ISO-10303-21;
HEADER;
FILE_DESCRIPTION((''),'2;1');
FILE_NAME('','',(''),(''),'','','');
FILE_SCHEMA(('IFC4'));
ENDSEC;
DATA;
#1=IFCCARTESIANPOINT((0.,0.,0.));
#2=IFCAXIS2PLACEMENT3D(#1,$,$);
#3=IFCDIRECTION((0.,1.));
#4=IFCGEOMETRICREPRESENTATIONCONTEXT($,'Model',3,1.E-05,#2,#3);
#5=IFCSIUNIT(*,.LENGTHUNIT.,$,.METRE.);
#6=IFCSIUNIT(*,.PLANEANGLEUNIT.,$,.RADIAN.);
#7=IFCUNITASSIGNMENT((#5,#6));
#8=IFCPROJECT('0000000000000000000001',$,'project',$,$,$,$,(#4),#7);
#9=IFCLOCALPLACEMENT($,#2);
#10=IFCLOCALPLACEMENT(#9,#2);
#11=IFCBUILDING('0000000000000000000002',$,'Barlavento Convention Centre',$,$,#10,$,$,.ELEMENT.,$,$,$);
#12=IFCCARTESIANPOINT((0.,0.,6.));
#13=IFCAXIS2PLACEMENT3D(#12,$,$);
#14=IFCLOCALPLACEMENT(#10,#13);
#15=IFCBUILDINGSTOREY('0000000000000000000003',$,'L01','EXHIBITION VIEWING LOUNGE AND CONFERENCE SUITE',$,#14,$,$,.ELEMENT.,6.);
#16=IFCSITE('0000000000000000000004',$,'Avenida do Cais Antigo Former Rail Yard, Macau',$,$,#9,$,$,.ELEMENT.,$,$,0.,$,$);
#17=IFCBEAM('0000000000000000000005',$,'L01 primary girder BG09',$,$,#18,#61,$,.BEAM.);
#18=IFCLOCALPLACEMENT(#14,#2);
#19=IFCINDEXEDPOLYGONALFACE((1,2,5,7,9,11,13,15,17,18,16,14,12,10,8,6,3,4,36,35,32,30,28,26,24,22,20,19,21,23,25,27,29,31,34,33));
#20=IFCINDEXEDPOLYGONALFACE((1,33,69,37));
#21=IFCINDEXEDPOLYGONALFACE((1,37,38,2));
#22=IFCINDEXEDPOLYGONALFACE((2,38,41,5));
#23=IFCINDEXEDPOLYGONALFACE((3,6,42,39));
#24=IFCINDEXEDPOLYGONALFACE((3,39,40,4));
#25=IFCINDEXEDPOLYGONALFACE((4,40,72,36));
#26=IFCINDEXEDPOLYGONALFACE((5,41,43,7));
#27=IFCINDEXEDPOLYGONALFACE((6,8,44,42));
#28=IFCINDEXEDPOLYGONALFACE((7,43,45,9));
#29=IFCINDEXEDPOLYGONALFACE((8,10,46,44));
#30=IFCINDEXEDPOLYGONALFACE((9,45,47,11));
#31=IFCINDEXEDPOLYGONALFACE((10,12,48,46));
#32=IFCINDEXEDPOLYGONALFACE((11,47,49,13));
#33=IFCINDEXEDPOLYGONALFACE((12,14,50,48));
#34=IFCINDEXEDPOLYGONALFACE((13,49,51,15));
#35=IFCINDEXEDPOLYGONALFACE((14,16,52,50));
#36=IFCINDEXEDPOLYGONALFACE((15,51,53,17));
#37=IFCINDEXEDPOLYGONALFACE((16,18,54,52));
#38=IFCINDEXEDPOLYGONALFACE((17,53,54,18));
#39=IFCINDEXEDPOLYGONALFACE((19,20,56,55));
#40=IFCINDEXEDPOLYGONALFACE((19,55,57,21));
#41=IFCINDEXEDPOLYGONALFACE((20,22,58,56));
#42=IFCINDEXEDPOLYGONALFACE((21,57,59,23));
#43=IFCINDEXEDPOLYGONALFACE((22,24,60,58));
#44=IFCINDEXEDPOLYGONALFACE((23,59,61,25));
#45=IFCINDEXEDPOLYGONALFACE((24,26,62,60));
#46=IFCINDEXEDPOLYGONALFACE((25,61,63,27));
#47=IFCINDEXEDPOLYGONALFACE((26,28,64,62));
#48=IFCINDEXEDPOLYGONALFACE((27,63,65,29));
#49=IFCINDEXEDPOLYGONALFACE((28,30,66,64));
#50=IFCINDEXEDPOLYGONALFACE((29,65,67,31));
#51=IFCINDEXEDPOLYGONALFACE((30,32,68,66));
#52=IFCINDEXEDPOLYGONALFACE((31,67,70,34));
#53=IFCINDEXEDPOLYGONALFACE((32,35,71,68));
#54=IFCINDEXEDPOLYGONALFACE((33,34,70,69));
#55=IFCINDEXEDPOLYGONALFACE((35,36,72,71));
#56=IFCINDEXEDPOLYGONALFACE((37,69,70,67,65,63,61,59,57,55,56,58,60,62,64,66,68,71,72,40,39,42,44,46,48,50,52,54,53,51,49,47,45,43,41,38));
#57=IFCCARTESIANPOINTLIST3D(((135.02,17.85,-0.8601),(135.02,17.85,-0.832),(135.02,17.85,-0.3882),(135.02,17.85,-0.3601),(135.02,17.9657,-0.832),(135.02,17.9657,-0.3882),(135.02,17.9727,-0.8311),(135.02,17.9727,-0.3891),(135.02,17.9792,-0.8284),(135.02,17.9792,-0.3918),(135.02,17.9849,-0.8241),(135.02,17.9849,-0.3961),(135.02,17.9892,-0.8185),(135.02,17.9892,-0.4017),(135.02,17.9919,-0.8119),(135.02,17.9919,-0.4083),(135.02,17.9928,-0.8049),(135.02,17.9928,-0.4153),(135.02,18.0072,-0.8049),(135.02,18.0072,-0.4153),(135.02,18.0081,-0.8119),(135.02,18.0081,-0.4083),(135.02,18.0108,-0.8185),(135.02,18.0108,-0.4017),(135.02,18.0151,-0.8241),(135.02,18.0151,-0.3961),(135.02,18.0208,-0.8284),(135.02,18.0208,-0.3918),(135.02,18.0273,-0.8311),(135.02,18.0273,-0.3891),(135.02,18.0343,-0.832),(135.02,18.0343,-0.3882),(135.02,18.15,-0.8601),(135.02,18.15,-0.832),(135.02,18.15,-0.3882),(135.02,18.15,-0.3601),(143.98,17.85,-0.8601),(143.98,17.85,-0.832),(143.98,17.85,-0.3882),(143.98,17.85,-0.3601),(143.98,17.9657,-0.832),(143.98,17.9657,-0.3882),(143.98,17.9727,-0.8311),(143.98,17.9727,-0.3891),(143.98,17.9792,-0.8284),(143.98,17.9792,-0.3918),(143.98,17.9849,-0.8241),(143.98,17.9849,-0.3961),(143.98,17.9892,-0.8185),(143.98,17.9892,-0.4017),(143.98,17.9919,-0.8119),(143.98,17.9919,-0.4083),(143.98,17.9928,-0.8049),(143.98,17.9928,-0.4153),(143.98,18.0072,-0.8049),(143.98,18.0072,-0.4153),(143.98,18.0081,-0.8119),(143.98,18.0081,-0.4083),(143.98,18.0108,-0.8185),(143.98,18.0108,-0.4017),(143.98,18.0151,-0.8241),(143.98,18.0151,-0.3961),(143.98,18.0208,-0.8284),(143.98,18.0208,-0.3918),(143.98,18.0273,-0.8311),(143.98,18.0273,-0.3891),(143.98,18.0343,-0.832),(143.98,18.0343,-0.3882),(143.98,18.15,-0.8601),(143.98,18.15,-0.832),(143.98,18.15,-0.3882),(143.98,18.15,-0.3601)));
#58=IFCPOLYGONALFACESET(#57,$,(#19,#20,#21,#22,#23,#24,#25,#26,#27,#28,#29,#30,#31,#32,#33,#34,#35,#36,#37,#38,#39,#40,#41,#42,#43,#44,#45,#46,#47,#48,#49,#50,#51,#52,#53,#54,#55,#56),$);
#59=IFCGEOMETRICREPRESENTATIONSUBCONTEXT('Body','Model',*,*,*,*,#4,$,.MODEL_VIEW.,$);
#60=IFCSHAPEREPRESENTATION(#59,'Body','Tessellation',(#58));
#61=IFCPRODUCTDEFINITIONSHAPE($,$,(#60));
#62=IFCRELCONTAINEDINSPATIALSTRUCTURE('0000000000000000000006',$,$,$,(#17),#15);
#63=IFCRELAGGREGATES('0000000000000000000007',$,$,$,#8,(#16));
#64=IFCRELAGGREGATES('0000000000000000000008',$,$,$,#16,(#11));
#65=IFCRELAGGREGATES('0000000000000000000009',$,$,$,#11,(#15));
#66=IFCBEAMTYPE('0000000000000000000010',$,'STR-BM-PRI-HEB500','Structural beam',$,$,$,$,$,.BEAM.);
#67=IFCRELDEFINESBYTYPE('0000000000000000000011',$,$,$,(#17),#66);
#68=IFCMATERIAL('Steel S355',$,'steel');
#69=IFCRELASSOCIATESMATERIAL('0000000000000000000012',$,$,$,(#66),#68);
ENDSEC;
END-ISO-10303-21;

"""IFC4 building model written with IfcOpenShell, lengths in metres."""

from ifc_helpers import new_model, si_unit, direction, frame, origin, origin_2d, place, context, subcontext, project, spatial, i_section, extrude, material, material_profile, profile_set, type_object, element, save


model = new_model("IFC4")

# Units and contexts
model_context = context("Model", 3, precision=1e-05, world=origin(), true_north=direction((0.0, 1.0)))
body_context = subcontext(model_context, "Body", "Model", "MODEL_VIEW")
ifc_project = project(units=[si_unit("LENGTHUNIT", "METRE"), si_unit("PLANEANGLEUNIT", "RADIAN")], contexts=[model_context])

# Site, building, storey
site_placement = place(None, origin())
site = spatial("IfcSite", under=ifc_project, at=site_placement, Name="Avenida do Cais Antigo Former Rail Yard, Macau", CompositionType="ELEMENT", RefElevation=0.0)
building_placement = place(site_placement, origin())
building = spatial("IfcBuilding", under=site, at=building_placement, Name="Barlavento Convention Centre", CompositionType="ELEMENT")
storey_placement = place(building_placement, frame((0.0, 0.0, 6.0)))
storey = spatial("IfcBuildingStorey", under=building, at=storey_placement, Name="L01", Description="EXHIBITION VIEWING LOUNGE AND CONFERENCE SUITE", CompositionType="ELEMENT", Elevation=6.0)

# Shared definitions
ifc_material_1 = material(Name="Steel S355", Category="steel")

# Beam
ifc_material_profile_1 = material_profile(ifc_material_1, i_section(OverallWidth=0.3, OverallDepth=0.5, WebThickness=0.0144, FlangeThickness=0.0281, FilletRadius=0.0271, at=origin_2d()), Name="HEB 500")
ifc_profile_set_1 = profile_set([ifc_material_profile_1], Name="Steel S355")
beam_type_1 = type_object("IfcBeamType", Name="STR-BM-PRI-HEB500", Description="Structural beam", PredefinedType="BEAM", material=ifc_profile_set_1)
beam_1_placement = place(storey_placement, frame((135.02, 18.0, -0.6101), z_axis=(1.0, 0.0, 0.0), x_axis=(0.0, 1.0, 0.0)))
element("IfcBeam", 1, at=beam_1_placement, inside=storey, type_object=beam_type_1, Name="L01 primary girder BG09", PredefinedType="BEAM", context=body_context, shape_type="SweptSolid", body=[
    extrude(i_section(OverallWidth=0.3, OverallDepth=0.5, WebThickness=0.0144, FlangeThickness=0.0281, FilletRadius=0.0271, at=origin_2d()), origin(), (0.0, 0.0, 1.0), 8.96),
])

save(model, "model.ifc")
